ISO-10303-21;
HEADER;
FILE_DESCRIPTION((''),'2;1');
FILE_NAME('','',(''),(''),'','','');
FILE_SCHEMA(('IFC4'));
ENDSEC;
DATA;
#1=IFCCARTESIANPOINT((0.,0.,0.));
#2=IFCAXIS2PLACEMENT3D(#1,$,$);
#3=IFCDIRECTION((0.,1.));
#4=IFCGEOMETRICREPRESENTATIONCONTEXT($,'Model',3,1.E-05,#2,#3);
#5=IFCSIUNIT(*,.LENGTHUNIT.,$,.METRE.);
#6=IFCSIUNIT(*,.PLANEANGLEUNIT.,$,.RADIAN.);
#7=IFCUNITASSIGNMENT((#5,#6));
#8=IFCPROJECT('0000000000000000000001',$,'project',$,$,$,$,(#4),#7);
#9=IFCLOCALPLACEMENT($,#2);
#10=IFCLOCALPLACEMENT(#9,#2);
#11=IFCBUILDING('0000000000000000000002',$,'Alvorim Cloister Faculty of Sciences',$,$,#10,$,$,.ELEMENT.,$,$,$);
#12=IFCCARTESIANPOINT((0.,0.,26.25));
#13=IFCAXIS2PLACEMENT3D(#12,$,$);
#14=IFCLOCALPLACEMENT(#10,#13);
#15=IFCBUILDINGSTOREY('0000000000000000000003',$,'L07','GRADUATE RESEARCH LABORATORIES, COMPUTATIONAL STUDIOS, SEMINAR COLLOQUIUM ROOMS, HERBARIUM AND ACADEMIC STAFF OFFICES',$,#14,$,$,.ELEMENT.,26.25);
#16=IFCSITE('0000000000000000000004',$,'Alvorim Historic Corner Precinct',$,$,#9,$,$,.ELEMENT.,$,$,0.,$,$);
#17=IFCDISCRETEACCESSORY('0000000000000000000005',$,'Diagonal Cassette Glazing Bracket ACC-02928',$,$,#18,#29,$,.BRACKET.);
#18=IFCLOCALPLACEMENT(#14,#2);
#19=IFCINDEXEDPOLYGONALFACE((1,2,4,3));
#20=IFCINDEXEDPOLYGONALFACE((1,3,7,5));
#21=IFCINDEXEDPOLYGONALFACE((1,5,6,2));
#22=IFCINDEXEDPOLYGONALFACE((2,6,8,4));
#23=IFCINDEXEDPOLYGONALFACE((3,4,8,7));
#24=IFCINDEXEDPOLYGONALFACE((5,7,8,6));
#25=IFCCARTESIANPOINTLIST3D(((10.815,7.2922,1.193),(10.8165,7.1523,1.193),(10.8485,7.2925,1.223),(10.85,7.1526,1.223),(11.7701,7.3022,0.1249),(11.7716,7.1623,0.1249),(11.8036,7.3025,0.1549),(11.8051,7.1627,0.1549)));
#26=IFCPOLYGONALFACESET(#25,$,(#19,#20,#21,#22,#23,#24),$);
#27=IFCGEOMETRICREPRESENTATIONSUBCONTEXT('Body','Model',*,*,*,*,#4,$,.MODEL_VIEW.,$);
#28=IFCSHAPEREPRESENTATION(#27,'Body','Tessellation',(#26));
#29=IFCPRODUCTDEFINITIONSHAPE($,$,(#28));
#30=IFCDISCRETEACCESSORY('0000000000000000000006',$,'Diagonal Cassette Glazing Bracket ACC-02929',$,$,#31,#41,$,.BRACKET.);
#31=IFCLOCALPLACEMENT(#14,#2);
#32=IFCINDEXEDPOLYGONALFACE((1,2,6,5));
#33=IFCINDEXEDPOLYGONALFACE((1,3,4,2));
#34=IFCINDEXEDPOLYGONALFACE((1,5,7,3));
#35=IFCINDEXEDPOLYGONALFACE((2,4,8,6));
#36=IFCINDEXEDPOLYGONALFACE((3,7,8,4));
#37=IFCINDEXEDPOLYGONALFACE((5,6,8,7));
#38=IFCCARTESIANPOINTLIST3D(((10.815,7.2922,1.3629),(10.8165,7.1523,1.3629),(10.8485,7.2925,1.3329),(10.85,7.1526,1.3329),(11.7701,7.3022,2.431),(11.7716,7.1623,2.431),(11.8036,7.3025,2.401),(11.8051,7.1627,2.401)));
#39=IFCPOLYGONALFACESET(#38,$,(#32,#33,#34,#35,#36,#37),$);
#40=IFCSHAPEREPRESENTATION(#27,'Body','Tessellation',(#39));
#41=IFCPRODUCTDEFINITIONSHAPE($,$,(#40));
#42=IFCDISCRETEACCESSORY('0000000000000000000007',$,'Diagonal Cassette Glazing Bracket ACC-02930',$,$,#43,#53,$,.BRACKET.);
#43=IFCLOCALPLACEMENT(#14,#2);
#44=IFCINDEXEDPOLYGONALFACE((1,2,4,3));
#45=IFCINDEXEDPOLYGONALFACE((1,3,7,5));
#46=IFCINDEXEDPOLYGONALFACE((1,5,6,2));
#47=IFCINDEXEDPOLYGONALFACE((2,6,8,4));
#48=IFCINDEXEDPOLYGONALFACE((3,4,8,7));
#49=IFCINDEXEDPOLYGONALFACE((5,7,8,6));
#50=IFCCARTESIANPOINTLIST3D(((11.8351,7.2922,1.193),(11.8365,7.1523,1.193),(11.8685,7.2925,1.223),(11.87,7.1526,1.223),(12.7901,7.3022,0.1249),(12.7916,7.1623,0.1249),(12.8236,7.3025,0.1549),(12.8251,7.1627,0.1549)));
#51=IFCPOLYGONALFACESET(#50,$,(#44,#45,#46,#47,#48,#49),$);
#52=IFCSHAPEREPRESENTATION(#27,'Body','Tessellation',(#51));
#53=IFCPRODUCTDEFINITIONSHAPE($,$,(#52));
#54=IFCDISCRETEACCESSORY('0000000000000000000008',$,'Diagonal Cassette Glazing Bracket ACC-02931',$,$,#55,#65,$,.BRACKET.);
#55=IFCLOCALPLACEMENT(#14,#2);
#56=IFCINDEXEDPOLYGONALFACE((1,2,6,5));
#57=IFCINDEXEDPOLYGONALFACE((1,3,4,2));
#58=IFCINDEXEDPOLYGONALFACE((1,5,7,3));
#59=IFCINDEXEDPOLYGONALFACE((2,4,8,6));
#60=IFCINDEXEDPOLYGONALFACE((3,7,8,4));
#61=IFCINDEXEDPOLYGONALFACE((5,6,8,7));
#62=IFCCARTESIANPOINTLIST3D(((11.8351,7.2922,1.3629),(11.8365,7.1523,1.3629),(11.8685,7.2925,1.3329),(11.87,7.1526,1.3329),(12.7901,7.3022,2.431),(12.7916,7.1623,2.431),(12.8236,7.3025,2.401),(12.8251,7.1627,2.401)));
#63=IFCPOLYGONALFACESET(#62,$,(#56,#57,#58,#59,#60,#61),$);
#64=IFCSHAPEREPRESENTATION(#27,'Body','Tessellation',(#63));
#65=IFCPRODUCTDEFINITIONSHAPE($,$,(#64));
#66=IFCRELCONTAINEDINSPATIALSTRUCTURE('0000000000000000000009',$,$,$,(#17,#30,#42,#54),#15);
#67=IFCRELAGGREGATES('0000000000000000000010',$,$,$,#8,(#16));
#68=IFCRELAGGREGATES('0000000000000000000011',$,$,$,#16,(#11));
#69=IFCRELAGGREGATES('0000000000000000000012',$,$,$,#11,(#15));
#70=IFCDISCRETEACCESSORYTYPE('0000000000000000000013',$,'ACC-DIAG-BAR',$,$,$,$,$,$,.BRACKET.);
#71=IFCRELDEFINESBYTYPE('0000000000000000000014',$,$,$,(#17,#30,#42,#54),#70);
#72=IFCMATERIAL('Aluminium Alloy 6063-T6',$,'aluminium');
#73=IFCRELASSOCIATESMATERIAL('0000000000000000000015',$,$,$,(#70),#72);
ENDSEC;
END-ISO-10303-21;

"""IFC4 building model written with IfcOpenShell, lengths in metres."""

from ifc_helpers import new_model, si_unit, direction, frame, origin, origin_2d, place, context, subcontext, project, spatial, rectangle, extrude, material, type_object, element, save


model = new_model("IFC4")

# Units and contexts
model_context = context("Model", 3, precision=1e-05, world=origin(), true_north=direction((0.0, 1.0)))
body_context = subcontext(model_context, "Body", "Model", "MODEL_VIEW")
ifc_project = project(units=[si_unit("LENGTHUNIT", "METRE"), si_unit("PLANEANGLEUNIT", "RADIAN")], contexts=[model_context])

# Site, building, storey
site_placement = place(None, origin())
site = spatial("IfcSite", under=ifc_project, at=site_placement, Name="Alvorim Historic Corner Precinct", CompositionType="ELEMENT", RefElevation=0.0)
building_placement = place(site_placement, origin())
building = spatial("IfcBuilding", under=site, at=building_placement, Name="Alvorim Cloister Faculty of Sciences", CompositionType="ELEMENT")
storey_placement = place(building_placement, frame((0.0, 0.0, 26.25)))
storey = spatial("IfcBuildingStorey", under=building, at=storey_placement, Name="L07", Description="GRADUATE RESEARCH LABORATORIES, COMPUTATIONAL STUDIOS, SEMINAR COLLOQUIUM ROOMS, HERBARIUM AND ACADEMIC STAFF OFFICES", CompositionType="ELEMENT", Elevation=26.25)

# Shared definitions
ifc_material_1 = material(Name="Aluminium Alloy 6063-T6", Category="aluminium")

# Discrete accessories
discrete_accessory_type = type_object("IfcDiscreteAccessoryType", Name="ACC-DIAG-BAR", PredefinedType="BRACKET", material=ifc_material_1)
for number, where, z_axis, x_axis, name in (
    (1, (10.8325, 7.2224, 1.208), (0.666544, 0.006986, -0.745433), (-0.01048, 0.999945, 0.0), "Diagonal Cassette Glazing Bracket ACC-02928"),
    (2, (10.8325, 7.2224, 1.3479), (0.666544, 0.006986, 0.745433), (-0.01048, 0.999945, 0.0), "Diagonal Cassette Glazing Bracket ACC-02929"),
    (3, (11.8525, 7.2224, 1.208), (0.666544, 0.006986, -0.745433), (-0.01048, 0.999945, 0.0), "Diagonal Cassette Glazing Bracket ACC-02930"),
    (4, (11.8525, 7.2224, 1.3479), (0.666544, 0.006986, 0.745433), (-0.01048, 0.999945, 0.0), "Diagonal Cassette Glazing Bracket ACC-02931"),
):
    element("IfcDiscreteAccessory", number, at=place(storey_placement, frame(where, z_axis=z_axis, x_axis=x_axis)), inside=storey, type_object=discrete_accessory_type, Name=name, PredefinedType="BRACKET", context=body_context, shape_type="SweptSolid", body=[
        extrude(rectangle(XDim=0.1399, YDim=0.0449, at=origin_2d()), origin(), (0.0, 0.0, 1.0), 1.4329),
    ])

save(model, "model.ifc")
